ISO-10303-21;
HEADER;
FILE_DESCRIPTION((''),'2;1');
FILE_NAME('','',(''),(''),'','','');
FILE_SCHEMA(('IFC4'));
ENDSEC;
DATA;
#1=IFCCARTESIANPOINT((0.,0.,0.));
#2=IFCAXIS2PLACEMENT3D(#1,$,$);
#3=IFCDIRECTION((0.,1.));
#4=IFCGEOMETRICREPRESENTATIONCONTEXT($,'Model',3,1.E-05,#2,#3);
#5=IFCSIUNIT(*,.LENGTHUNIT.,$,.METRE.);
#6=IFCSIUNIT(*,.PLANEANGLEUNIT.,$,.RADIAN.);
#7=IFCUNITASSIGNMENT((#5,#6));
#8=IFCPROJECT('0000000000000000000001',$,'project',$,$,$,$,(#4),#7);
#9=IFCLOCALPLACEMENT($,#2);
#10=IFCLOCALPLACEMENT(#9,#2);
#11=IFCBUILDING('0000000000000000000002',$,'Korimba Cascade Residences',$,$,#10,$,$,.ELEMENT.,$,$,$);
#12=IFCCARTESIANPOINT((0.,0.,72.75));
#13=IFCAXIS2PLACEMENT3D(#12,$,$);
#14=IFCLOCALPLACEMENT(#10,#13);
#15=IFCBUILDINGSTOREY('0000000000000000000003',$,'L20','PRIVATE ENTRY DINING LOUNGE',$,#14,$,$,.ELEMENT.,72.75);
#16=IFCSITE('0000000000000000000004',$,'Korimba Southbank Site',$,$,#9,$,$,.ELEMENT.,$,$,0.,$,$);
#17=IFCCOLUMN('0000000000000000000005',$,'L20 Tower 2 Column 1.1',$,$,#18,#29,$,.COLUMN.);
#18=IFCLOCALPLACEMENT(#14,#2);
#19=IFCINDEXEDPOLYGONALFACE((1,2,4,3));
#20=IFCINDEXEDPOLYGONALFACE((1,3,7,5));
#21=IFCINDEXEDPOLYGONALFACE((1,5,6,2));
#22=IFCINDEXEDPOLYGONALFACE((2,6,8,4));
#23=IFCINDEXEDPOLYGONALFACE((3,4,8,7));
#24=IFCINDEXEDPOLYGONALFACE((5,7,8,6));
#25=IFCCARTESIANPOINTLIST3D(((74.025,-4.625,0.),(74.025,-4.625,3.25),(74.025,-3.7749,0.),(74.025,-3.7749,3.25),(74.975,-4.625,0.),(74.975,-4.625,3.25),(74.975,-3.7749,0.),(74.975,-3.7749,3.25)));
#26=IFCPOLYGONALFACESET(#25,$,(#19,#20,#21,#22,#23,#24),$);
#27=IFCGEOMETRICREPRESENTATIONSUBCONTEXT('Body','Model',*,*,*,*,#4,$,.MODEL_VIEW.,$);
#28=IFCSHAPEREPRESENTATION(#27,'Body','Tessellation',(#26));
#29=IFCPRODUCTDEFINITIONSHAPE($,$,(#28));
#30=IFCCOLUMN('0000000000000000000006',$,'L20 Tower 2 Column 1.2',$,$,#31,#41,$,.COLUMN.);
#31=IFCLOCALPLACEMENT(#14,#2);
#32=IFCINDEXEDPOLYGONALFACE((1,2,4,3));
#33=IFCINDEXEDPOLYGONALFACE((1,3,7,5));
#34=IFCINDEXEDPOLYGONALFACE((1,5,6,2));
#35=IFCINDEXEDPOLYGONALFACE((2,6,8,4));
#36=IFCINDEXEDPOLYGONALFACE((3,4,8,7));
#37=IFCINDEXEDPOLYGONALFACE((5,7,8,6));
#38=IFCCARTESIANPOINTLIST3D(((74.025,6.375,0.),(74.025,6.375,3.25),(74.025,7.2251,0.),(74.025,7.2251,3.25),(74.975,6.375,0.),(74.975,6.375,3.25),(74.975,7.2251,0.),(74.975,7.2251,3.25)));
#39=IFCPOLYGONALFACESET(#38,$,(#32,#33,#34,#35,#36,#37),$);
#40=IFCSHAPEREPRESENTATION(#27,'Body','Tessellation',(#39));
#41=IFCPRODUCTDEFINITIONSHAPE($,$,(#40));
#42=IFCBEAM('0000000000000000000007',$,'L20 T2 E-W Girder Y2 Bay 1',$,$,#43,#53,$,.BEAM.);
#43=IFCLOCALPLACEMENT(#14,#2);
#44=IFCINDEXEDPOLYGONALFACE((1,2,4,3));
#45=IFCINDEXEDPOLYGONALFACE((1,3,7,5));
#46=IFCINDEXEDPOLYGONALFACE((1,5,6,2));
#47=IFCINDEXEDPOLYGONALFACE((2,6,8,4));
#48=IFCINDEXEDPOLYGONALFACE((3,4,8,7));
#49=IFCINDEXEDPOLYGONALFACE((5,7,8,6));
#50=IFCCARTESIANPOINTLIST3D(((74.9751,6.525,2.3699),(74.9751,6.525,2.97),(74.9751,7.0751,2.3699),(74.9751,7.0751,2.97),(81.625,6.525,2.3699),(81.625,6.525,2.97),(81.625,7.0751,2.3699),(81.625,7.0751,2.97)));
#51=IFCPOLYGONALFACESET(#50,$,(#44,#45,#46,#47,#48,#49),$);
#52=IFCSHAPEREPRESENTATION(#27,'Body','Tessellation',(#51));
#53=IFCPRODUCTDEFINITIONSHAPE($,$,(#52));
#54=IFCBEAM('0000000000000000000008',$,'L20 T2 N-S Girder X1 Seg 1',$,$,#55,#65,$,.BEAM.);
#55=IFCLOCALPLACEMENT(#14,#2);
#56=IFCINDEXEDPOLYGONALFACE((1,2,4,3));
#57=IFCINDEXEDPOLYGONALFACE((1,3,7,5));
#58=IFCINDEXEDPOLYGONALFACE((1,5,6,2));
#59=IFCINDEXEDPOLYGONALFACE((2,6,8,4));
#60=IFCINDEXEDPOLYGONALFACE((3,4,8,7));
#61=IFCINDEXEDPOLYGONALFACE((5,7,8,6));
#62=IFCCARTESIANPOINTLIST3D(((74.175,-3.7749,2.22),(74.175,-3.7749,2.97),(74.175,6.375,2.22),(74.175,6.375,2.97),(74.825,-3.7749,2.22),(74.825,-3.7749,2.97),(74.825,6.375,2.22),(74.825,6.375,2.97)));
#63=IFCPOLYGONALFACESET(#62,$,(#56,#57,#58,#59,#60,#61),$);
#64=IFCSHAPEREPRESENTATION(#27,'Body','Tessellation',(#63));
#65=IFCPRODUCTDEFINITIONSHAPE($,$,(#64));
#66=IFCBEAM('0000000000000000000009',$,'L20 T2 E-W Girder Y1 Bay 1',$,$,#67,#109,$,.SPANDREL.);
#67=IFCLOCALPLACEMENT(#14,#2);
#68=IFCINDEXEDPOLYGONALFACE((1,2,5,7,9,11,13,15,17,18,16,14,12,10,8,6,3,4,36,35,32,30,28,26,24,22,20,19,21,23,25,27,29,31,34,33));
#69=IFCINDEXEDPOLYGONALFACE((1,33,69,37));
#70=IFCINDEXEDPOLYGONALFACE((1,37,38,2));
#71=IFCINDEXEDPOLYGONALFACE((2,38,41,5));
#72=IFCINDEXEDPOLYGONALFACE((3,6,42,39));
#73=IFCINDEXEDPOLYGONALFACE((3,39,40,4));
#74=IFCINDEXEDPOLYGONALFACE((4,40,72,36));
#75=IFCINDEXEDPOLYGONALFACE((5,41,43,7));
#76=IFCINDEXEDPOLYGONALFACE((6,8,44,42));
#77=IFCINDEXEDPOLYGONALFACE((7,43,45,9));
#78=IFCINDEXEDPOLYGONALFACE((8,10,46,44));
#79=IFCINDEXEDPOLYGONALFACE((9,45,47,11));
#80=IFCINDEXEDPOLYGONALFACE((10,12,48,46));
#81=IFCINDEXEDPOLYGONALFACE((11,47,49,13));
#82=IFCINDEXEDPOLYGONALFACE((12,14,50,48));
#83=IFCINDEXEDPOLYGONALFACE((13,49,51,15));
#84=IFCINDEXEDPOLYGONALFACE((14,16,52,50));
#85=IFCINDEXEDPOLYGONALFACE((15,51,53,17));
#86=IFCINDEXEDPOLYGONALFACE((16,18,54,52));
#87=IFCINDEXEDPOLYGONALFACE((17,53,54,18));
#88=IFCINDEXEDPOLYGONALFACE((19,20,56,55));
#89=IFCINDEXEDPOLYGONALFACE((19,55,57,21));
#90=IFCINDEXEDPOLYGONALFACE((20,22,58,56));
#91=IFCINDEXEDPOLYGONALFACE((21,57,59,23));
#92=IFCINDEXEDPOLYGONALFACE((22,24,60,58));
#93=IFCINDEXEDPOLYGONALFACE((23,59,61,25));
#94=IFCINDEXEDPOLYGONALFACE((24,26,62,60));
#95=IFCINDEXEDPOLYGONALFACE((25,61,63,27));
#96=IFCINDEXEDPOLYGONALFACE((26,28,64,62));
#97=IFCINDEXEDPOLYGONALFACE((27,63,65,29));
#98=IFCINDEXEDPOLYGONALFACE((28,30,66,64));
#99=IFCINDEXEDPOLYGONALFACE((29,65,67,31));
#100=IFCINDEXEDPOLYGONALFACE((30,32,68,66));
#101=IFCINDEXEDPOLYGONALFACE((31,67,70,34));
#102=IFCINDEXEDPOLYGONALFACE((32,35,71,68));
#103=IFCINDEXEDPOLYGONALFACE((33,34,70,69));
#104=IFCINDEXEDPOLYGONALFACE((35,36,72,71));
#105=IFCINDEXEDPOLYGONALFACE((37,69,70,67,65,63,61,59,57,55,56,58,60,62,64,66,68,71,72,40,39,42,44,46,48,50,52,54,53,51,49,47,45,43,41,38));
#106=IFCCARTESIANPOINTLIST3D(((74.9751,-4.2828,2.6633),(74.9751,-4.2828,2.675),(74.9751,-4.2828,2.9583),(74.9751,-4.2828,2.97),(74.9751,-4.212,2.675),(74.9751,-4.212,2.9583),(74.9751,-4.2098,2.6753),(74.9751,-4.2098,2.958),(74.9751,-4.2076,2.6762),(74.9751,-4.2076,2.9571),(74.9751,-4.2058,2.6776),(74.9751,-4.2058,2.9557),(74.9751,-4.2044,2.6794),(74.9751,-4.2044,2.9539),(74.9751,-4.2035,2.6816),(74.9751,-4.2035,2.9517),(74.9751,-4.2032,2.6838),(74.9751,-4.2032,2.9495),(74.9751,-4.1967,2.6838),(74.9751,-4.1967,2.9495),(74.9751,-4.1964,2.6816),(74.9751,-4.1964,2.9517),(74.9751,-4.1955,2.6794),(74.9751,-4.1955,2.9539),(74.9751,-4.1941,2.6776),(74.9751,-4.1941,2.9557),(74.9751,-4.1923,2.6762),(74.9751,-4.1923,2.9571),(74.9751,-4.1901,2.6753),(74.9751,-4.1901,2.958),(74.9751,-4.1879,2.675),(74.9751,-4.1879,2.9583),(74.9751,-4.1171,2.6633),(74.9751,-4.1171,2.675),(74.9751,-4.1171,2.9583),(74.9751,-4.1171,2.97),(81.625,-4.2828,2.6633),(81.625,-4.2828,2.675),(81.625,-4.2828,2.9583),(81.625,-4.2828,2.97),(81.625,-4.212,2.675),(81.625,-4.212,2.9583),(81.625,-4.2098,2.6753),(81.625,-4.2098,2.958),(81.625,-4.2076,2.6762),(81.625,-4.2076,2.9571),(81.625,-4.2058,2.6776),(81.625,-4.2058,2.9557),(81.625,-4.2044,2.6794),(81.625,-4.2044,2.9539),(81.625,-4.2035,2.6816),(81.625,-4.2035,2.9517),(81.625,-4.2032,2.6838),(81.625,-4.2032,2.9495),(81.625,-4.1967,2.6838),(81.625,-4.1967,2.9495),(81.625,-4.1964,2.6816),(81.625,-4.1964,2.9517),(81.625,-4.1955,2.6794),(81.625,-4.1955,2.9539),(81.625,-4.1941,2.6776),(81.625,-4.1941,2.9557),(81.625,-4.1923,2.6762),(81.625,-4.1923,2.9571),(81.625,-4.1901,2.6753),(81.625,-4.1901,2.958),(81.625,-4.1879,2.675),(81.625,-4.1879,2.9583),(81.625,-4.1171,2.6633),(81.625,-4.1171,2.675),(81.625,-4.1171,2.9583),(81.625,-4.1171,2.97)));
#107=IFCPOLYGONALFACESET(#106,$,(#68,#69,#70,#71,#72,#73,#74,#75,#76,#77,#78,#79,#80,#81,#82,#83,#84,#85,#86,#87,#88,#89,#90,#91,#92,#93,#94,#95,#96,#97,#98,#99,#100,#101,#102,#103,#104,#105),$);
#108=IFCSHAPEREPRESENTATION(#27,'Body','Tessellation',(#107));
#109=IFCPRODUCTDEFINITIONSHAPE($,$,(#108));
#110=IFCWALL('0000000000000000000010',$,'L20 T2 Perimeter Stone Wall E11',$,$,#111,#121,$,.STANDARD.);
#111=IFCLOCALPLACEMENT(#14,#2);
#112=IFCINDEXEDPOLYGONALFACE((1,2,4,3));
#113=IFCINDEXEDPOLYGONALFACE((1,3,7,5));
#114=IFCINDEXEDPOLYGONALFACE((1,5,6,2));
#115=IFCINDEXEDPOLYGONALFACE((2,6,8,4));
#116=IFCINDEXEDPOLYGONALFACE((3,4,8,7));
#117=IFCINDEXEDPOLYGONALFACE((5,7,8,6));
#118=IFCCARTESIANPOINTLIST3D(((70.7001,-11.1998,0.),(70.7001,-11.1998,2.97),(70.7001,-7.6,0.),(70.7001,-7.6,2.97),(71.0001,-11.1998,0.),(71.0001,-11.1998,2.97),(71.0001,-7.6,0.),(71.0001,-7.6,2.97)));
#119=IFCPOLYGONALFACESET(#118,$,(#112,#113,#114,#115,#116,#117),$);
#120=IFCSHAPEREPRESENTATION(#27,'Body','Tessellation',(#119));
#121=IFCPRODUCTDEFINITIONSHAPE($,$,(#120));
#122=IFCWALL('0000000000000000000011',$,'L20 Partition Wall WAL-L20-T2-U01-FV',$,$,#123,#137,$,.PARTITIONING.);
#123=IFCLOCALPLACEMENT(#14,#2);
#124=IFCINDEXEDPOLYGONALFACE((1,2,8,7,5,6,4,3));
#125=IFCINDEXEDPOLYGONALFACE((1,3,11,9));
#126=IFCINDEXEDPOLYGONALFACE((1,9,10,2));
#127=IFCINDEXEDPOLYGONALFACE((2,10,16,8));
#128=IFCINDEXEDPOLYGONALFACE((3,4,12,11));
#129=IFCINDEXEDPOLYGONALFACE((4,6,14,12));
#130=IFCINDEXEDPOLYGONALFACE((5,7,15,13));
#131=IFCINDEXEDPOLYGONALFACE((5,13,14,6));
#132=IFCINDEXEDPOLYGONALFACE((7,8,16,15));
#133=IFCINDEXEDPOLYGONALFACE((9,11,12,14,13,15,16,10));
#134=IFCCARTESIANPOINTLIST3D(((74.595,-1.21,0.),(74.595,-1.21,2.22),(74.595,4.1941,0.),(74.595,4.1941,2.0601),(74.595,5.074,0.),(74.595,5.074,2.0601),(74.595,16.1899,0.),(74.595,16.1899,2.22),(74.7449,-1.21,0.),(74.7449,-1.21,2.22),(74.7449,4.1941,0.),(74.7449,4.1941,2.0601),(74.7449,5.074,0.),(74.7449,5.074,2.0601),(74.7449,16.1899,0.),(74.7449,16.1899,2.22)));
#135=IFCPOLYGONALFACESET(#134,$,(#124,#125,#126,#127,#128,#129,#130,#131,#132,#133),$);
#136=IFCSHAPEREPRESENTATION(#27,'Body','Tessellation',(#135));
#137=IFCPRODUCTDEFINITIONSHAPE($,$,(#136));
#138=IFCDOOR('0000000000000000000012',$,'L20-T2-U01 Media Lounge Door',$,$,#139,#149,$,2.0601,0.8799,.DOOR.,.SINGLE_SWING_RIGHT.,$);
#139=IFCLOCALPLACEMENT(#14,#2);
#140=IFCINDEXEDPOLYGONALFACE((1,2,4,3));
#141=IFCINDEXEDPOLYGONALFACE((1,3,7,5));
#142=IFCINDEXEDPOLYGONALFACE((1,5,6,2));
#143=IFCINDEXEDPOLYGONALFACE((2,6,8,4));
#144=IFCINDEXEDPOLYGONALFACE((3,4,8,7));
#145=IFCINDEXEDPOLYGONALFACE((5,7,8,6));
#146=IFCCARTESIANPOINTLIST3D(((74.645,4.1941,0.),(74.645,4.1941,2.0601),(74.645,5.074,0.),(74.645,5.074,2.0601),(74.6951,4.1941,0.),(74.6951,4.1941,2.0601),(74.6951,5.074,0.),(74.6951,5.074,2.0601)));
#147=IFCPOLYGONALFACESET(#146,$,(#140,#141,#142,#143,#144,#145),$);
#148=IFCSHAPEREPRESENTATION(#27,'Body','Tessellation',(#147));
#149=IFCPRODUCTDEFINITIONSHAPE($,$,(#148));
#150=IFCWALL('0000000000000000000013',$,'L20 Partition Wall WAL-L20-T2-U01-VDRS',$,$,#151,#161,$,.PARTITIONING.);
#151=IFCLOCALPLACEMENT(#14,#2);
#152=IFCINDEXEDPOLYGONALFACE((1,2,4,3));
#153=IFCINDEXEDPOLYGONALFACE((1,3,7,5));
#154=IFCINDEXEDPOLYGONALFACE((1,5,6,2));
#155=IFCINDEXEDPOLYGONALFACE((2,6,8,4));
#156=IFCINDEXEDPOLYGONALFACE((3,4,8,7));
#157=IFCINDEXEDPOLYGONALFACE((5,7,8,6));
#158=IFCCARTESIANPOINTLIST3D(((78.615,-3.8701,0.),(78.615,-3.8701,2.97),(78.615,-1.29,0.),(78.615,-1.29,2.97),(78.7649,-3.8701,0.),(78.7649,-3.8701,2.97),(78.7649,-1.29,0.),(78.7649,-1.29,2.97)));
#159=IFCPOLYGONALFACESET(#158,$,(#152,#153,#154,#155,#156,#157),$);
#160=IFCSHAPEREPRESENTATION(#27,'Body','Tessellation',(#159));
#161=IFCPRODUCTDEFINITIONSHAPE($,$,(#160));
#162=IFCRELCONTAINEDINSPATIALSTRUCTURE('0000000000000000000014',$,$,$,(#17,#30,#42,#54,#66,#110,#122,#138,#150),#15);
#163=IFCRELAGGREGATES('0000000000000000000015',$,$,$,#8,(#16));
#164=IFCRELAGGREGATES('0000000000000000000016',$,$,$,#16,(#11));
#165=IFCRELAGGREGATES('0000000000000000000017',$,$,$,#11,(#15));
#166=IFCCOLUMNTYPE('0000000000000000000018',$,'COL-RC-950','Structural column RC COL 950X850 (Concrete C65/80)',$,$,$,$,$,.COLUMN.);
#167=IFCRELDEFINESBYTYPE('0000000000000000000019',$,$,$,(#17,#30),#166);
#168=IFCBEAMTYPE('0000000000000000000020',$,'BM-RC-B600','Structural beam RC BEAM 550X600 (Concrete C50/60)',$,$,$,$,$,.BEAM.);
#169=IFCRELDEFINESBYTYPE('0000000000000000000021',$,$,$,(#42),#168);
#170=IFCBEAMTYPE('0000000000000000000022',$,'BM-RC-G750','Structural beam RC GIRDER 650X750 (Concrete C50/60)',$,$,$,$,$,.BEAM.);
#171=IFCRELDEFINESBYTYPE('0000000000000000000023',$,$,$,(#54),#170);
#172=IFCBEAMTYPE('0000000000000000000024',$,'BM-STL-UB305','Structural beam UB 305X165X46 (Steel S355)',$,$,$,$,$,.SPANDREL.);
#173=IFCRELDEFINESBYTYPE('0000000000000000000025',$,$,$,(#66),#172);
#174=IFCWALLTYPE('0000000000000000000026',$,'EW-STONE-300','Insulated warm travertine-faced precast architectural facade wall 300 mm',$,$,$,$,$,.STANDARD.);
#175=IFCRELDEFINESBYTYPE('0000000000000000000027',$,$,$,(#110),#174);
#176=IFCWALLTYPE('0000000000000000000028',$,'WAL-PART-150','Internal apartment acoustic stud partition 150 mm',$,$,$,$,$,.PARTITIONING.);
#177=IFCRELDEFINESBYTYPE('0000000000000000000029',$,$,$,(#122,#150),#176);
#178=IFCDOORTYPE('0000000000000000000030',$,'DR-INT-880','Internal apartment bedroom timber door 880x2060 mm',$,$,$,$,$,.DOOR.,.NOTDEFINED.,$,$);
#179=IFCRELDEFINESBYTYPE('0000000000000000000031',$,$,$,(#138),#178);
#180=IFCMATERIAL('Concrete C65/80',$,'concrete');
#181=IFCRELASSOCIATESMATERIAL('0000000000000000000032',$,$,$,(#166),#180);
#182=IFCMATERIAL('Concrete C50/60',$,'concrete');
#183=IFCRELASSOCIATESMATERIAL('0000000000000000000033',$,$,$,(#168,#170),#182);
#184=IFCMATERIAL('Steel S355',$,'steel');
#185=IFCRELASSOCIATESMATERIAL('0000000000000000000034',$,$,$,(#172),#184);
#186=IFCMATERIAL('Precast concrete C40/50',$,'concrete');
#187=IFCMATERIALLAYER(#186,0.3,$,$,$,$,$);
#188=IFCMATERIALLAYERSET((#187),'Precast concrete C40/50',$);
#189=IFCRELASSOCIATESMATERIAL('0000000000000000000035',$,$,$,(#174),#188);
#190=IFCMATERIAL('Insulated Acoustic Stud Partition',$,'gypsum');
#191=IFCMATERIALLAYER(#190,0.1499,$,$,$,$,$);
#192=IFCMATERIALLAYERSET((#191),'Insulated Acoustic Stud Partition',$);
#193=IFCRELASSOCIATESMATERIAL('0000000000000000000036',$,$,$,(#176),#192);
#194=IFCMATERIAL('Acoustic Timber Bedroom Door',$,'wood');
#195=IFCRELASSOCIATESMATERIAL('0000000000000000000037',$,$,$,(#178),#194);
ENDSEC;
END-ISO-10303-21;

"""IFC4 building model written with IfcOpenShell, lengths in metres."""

from ifc_helpers import new_model, si_unit, direction, frame, frame_2d, origin, origin_2d, place, context, subcontext, project, spatial, rectangle, i_section, extrude, material, layer, layer_set, material_profile, profile_set, type_object, element, fill, save


model = new_model("IFC4")

# Units and contexts
model_context = context("Model", 3, precision=1e-05, world=origin(), true_north=direction((0.0, 1.0)))
body_context = subcontext(model_context, "Body", "Model", "MODEL_VIEW")
ifc_project = project(units=[si_unit("LENGTHUNIT", "METRE"), si_unit("PLANEANGLEUNIT", "RADIAN")], contexts=[model_context])

# Site, building, storey
site_placement = place(None, origin())
site = spatial("IfcSite", under=ifc_project, at=site_placement, Name="Korimba Southbank Site", CompositionType="ELEMENT", RefElevation=0.0)
building_placement = place(site_placement, origin())
building = spatial("IfcBuilding", under=site, at=building_placement, Name="Korimba Cascade Residences", CompositionType="ELEMENT")
storey_placement = place(building_placement, frame((0.0, 0.0, 72.75)))
storey = spatial("IfcBuildingStorey", under=building, at=storey_placement, Name="L20", Description="PRIVATE ENTRY DINING LOUNGE", CompositionType="ELEMENT", Elevation=72.75)

# Columns
ifc_material_1 = material(Name="Concrete C65/80", Category="concrete")
ifc_material_profile_1 = material_profile(ifc_material_1, rectangle(XDim=0.95, YDim=0.8501, at=origin_2d()), Name="Concrete C65/80")
ifc_profile_set_1 = profile_set([ifc_material_profile_1], Name="Concrete C65/80")
column_type = type_object("IfcColumnType", Name="COL-RC-950", Description="Structural column RC COL 950X850 (Concrete C65/80)", PredefinedType="COLUMN", material=ifc_profile_set_1)
for number, where, z_axis, x_axis, name in (
    (1, (74.5, -4.2, 0.0), (0.0, 0.0, 1.0), (1.0, 0.0, 0.0), "L20 Tower 2 Column 1.1"),
    (2, (74.5, 6.8, 0.0), (0.0, 0.0, 1.0), (1.0, 0.0, 0.0), "L20 Tower 2 Column 1.2"),
):
    element("IfcColumn", number, at=place(storey_placement, frame(where, z_axis=z_axis, x_axis=x_axis)), inside=storey, type_object=column_type, Name=name, PredefinedType="COLUMN", context=body_context, shape_type="SweptSolid", body=[
        extrude(rectangle(XDim=0.95, YDim=0.8501, at=origin_2d()), origin(), (0.0, 0.0, 1.0), 3.25),
    ])

# Beams
ifc_material_2 = material(Name="Concrete C50/60", Category="concrete")
ifc_material_profile_2 = material_profile(ifc_material_2, rectangle(XDim=0.55, YDim=0.6001, at=origin_2d()), Name="Concrete C50/60")
ifc_profile_set_2 = profile_set([ifc_material_profile_2], Name="Concrete C50/60")
beam_type_1 = type_object("IfcBeamType", Name="BM-RC-B600", Description="Structural beam RC BEAM 550X600 (Concrete C50/60)", PredefinedType="BEAM", material=ifc_profile_set_2)
beam_1_placement = place(storey_placement, frame((74.9751, 6.8, 2.6699), z_axis=(1.0, 0.0, 0.0), x_axis=(0.0, 1.0, 0.0)))
element("IfcBeam", 3, at=beam_1_placement, inside=storey, type_object=beam_type_1, Name="L20 T2 E-W Girder Y2 Bay 1", PredefinedType="BEAM", context=body_context, shape_type="SweptSolid", body=[
    extrude(rectangle(XDim=0.55, YDim=0.6001, at=origin_2d()), origin(), (0.0, 0.0, 1.0), 6.6499),
])
ifc_material_profile_3 = material_profile(ifc_material_2, rectangle(XDim=0.6499, YDim=0.75, at=origin_2d()), Name="Concrete C50/60")
ifc_profile_set_3 = profile_set([ifc_material_profile_3], Name="Concrete C50/60")
beam_type_2 = type_object("IfcBeamType", Name="BM-RC-G750", Description="Structural beam RC GIRDER 650X750 (Concrete C50/60)", PredefinedType="BEAM", material=ifc_profile_set_3)
beam_2_placement = place(storey_placement, frame((74.5, -3.7749, 2.595), z_axis=(0.0, 1.0, 0.0), x_axis=(-1.0, 0.0, 0.0)))
element("IfcBeam", 4, at=beam_2_placement, inside=storey, type_object=beam_type_2, Name="L20 T2 N-S Girder X1 Seg 1", PredefinedType="BEAM", context=body_context, shape_type="SweptSolid", body=[
    extrude(rectangle(XDim=0.6499, YDim=0.75, at=origin_2d()), origin(), (0.0, 0.0, 1.0), 10.1499),
])
ifc_material_3 = material(Name="Steel S355", Category="steel")
ifc_material_profile_4 = material_profile(ifc_material_3, i_section(OverallWidth=0.1658, OverallDepth=0.3066, WebThickness=0.0066, FlangeThickness=0.0117, FilletRadius=0.0088, at=origin_2d()), Name="Steel S355")
ifc_profile_set_4 = profile_set([ifc_material_profile_4], Name="Steel S355")
beam_type_3 = type_object("IfcBeamType", Name="BM-STL-UB305", Description="Structural beam UB 305X165X46 (Steel S355)", PredefinedType="SPANDREL", material=ifc_profile_set_4)
beam_3_placement = place(storey_placement, frame((74.9751, -4.2, 2.8167), z_axis=(1.0, 0.0, 0.0), x_axis=(0.0, 1.0, 0.0)))
element("IfcBeam", 5, at=beam_3_placement, inside=storey, type_object=beam_type_3, Name="L20 T2 E-W Girder Y1 Bay 1", PredefinedType="SPANDREL", context=body_context, shape_type="SweptSolid", body=[
    extrude(i_section(OverallWidth=0.1658, OverallDepth=0.3066, WebThickness=0.0066, FlangeThickness=0.0117, FilletRadius=0.0088, at=origin_2d()), origin(), (0.0, 0.0, 1.0), 6.6499),
])

# Wall
ifc_material_4 = material(Name="Precast concrete C40/50", Category="concrete")
ifc_layer_1 = layer(ifc_material_4, 0.3)
ifc_layer_set_1 = layer_set([ifc_layer_1], Name="Precast concrete C40/50")
wall_type_1 = type_object("IfcWallType", Name="EW-STONE-300", Description="Insulated warm travertine-faced precast architectural facade wall 300 mm", PredefinedType="STANDARD", material=ifc_layer_set_1)
wall_1_placement = place(storey_placement, frame((70.8501, -7.6001, 0.0), z_axis=(0.0, 0.0, 1.0), x_axis=(0.0, -1.0, 0.0)))
element("IfcWall", 6, at=wall_1_placement, inside=storey, type_object=wall_type_1, Name="L20 T2 Perimeter Stone Wall E11", PredefinedType="STANDARD", context=body_context, shape_type="SweptSolid", body=[
    extrude(rectangle(XDim=3.5999, YDim=0.3, at=frame_2d((1.7998, 0.0))), origin(), (0.0, 0.0, 1.0), 2.97),
])

# Wall, opening, door
ifc_material_5 = material(Name="Insulated Acoustic Stud Partition", Category="gypsum")
ifc_layer_2 = layer(ifc_material_5, 0.1499)
ifc_layer_set_2 = layer_set([ifc_layer_2], Name="Insulated Acoustic Stud Partition")
wall_type_2 = type_object("IfcWallType", Name="WAL-PART-150", Description="Internal apartment acoustic stud partition 150 mm", PredefinedType="PARTITIONING", material=ifc_layer_set_2)
wall_2_placement = place(storey_placement, frame((74.6699, -1.21, 0.0), z_axis=(0.0, 0.0, 1.0), x_axis=(0.0, 1.0, 0.0)))
wall_2 = element("IfcWall", 7, at=wall_2_placement, inside=storey, type_object=wall_type_2, Name="L20 Partition Wall WAL-L20-T2-U01-FV", PredefinedType="PARTITIONING", context=body_context, shape_type="SweptSolid", body=[
    extrude(rectangle(XDim=17.3999, YDim=0.1499, at=frame_2d((8.7, 0.0))), origin(), (0.0, 0.0, 1.0), 2.22),
])
opening_1_placement = place(wall_2_placement, frame((5.4041, 0.0, 0.0)))
opening_1 = element("IfcOpeningElement", 8, at=opening_1_placement, cuts=wall_2, PredefinedType="OPENING", context=body_context, shape_type="SweptSolid", body=[
    extrude(rectangle(XDim=0.8799, YDim=2.0601, at=frame_2d((0.4399, 1.03))), frame((0.0, 0.085, 0.0), z_axis=(0.0, -1.0, 0.0), x_axis=(1.0, 0.0, 0.0)), (0.0, 0.0, 1.0), 0.1699),
])
ifc_material_6 = material(Name="Acoustic Timber Bedroom Door", Category="wood")
door_type_1 = type_object("IfcDoorType", Name="DR-INT-880", Description="Internal apartment bedroom timber door 880x2060 mm", OperationType="NOTDEFINED", PredefinedType="DOOR", material=ifc_material_6)
door_1_placement = place(opening_1_placement, origin())
door_1 = element("IfcDoor", 9, at=door_1_placement, inside=storey, type_object=door_type_1, Name="L20-T2-U01 Media Lounge Door", OperationType="SINGLE_SWING_RIGHT", OverallHeight=2.0601, OverallWidth=0.8799, PredefinedType="DOOR", context=body_context, shape_type="SweptSolid", body=[
    extrude(rectangle(XDim=0.8799, YDim=2.0601, at=frame_2d((0.4399, 1.03))), frame((0.0, 0.0249, 0.0), z_axis=(0.0, -1.0, 0.0), x_axis=(1.0, 0.0, 0.0)), (0.0, 0.0, 1.0), 0.05),
])
fill(opening_1, door_1)

# Wall
wall_3_placement = place(storey_placement, frame((78.6899, -3.8701, 0.0), z_axis=(0.0, 0.0, 1.0), x_axis=(0.0, 1.0, 0.0)))
element("IfcWall", 10, at=wall_3_placement, inside=storey, type_object=wall_type_2, Name="L20 Partition Wall WAL-L20-T2-U01-VDRS", PredefinedType="PARTITIONING", context=body_context, shape_type="SweptSolid", body=[
    extrude(rectangle(XDim=2.5801, YDim=0.1499, at=frame_2d((1.29, 0.0))), origin(), (0.0, 0.0, 1.0), 2.97),
])

save(model, "model.ifc")
